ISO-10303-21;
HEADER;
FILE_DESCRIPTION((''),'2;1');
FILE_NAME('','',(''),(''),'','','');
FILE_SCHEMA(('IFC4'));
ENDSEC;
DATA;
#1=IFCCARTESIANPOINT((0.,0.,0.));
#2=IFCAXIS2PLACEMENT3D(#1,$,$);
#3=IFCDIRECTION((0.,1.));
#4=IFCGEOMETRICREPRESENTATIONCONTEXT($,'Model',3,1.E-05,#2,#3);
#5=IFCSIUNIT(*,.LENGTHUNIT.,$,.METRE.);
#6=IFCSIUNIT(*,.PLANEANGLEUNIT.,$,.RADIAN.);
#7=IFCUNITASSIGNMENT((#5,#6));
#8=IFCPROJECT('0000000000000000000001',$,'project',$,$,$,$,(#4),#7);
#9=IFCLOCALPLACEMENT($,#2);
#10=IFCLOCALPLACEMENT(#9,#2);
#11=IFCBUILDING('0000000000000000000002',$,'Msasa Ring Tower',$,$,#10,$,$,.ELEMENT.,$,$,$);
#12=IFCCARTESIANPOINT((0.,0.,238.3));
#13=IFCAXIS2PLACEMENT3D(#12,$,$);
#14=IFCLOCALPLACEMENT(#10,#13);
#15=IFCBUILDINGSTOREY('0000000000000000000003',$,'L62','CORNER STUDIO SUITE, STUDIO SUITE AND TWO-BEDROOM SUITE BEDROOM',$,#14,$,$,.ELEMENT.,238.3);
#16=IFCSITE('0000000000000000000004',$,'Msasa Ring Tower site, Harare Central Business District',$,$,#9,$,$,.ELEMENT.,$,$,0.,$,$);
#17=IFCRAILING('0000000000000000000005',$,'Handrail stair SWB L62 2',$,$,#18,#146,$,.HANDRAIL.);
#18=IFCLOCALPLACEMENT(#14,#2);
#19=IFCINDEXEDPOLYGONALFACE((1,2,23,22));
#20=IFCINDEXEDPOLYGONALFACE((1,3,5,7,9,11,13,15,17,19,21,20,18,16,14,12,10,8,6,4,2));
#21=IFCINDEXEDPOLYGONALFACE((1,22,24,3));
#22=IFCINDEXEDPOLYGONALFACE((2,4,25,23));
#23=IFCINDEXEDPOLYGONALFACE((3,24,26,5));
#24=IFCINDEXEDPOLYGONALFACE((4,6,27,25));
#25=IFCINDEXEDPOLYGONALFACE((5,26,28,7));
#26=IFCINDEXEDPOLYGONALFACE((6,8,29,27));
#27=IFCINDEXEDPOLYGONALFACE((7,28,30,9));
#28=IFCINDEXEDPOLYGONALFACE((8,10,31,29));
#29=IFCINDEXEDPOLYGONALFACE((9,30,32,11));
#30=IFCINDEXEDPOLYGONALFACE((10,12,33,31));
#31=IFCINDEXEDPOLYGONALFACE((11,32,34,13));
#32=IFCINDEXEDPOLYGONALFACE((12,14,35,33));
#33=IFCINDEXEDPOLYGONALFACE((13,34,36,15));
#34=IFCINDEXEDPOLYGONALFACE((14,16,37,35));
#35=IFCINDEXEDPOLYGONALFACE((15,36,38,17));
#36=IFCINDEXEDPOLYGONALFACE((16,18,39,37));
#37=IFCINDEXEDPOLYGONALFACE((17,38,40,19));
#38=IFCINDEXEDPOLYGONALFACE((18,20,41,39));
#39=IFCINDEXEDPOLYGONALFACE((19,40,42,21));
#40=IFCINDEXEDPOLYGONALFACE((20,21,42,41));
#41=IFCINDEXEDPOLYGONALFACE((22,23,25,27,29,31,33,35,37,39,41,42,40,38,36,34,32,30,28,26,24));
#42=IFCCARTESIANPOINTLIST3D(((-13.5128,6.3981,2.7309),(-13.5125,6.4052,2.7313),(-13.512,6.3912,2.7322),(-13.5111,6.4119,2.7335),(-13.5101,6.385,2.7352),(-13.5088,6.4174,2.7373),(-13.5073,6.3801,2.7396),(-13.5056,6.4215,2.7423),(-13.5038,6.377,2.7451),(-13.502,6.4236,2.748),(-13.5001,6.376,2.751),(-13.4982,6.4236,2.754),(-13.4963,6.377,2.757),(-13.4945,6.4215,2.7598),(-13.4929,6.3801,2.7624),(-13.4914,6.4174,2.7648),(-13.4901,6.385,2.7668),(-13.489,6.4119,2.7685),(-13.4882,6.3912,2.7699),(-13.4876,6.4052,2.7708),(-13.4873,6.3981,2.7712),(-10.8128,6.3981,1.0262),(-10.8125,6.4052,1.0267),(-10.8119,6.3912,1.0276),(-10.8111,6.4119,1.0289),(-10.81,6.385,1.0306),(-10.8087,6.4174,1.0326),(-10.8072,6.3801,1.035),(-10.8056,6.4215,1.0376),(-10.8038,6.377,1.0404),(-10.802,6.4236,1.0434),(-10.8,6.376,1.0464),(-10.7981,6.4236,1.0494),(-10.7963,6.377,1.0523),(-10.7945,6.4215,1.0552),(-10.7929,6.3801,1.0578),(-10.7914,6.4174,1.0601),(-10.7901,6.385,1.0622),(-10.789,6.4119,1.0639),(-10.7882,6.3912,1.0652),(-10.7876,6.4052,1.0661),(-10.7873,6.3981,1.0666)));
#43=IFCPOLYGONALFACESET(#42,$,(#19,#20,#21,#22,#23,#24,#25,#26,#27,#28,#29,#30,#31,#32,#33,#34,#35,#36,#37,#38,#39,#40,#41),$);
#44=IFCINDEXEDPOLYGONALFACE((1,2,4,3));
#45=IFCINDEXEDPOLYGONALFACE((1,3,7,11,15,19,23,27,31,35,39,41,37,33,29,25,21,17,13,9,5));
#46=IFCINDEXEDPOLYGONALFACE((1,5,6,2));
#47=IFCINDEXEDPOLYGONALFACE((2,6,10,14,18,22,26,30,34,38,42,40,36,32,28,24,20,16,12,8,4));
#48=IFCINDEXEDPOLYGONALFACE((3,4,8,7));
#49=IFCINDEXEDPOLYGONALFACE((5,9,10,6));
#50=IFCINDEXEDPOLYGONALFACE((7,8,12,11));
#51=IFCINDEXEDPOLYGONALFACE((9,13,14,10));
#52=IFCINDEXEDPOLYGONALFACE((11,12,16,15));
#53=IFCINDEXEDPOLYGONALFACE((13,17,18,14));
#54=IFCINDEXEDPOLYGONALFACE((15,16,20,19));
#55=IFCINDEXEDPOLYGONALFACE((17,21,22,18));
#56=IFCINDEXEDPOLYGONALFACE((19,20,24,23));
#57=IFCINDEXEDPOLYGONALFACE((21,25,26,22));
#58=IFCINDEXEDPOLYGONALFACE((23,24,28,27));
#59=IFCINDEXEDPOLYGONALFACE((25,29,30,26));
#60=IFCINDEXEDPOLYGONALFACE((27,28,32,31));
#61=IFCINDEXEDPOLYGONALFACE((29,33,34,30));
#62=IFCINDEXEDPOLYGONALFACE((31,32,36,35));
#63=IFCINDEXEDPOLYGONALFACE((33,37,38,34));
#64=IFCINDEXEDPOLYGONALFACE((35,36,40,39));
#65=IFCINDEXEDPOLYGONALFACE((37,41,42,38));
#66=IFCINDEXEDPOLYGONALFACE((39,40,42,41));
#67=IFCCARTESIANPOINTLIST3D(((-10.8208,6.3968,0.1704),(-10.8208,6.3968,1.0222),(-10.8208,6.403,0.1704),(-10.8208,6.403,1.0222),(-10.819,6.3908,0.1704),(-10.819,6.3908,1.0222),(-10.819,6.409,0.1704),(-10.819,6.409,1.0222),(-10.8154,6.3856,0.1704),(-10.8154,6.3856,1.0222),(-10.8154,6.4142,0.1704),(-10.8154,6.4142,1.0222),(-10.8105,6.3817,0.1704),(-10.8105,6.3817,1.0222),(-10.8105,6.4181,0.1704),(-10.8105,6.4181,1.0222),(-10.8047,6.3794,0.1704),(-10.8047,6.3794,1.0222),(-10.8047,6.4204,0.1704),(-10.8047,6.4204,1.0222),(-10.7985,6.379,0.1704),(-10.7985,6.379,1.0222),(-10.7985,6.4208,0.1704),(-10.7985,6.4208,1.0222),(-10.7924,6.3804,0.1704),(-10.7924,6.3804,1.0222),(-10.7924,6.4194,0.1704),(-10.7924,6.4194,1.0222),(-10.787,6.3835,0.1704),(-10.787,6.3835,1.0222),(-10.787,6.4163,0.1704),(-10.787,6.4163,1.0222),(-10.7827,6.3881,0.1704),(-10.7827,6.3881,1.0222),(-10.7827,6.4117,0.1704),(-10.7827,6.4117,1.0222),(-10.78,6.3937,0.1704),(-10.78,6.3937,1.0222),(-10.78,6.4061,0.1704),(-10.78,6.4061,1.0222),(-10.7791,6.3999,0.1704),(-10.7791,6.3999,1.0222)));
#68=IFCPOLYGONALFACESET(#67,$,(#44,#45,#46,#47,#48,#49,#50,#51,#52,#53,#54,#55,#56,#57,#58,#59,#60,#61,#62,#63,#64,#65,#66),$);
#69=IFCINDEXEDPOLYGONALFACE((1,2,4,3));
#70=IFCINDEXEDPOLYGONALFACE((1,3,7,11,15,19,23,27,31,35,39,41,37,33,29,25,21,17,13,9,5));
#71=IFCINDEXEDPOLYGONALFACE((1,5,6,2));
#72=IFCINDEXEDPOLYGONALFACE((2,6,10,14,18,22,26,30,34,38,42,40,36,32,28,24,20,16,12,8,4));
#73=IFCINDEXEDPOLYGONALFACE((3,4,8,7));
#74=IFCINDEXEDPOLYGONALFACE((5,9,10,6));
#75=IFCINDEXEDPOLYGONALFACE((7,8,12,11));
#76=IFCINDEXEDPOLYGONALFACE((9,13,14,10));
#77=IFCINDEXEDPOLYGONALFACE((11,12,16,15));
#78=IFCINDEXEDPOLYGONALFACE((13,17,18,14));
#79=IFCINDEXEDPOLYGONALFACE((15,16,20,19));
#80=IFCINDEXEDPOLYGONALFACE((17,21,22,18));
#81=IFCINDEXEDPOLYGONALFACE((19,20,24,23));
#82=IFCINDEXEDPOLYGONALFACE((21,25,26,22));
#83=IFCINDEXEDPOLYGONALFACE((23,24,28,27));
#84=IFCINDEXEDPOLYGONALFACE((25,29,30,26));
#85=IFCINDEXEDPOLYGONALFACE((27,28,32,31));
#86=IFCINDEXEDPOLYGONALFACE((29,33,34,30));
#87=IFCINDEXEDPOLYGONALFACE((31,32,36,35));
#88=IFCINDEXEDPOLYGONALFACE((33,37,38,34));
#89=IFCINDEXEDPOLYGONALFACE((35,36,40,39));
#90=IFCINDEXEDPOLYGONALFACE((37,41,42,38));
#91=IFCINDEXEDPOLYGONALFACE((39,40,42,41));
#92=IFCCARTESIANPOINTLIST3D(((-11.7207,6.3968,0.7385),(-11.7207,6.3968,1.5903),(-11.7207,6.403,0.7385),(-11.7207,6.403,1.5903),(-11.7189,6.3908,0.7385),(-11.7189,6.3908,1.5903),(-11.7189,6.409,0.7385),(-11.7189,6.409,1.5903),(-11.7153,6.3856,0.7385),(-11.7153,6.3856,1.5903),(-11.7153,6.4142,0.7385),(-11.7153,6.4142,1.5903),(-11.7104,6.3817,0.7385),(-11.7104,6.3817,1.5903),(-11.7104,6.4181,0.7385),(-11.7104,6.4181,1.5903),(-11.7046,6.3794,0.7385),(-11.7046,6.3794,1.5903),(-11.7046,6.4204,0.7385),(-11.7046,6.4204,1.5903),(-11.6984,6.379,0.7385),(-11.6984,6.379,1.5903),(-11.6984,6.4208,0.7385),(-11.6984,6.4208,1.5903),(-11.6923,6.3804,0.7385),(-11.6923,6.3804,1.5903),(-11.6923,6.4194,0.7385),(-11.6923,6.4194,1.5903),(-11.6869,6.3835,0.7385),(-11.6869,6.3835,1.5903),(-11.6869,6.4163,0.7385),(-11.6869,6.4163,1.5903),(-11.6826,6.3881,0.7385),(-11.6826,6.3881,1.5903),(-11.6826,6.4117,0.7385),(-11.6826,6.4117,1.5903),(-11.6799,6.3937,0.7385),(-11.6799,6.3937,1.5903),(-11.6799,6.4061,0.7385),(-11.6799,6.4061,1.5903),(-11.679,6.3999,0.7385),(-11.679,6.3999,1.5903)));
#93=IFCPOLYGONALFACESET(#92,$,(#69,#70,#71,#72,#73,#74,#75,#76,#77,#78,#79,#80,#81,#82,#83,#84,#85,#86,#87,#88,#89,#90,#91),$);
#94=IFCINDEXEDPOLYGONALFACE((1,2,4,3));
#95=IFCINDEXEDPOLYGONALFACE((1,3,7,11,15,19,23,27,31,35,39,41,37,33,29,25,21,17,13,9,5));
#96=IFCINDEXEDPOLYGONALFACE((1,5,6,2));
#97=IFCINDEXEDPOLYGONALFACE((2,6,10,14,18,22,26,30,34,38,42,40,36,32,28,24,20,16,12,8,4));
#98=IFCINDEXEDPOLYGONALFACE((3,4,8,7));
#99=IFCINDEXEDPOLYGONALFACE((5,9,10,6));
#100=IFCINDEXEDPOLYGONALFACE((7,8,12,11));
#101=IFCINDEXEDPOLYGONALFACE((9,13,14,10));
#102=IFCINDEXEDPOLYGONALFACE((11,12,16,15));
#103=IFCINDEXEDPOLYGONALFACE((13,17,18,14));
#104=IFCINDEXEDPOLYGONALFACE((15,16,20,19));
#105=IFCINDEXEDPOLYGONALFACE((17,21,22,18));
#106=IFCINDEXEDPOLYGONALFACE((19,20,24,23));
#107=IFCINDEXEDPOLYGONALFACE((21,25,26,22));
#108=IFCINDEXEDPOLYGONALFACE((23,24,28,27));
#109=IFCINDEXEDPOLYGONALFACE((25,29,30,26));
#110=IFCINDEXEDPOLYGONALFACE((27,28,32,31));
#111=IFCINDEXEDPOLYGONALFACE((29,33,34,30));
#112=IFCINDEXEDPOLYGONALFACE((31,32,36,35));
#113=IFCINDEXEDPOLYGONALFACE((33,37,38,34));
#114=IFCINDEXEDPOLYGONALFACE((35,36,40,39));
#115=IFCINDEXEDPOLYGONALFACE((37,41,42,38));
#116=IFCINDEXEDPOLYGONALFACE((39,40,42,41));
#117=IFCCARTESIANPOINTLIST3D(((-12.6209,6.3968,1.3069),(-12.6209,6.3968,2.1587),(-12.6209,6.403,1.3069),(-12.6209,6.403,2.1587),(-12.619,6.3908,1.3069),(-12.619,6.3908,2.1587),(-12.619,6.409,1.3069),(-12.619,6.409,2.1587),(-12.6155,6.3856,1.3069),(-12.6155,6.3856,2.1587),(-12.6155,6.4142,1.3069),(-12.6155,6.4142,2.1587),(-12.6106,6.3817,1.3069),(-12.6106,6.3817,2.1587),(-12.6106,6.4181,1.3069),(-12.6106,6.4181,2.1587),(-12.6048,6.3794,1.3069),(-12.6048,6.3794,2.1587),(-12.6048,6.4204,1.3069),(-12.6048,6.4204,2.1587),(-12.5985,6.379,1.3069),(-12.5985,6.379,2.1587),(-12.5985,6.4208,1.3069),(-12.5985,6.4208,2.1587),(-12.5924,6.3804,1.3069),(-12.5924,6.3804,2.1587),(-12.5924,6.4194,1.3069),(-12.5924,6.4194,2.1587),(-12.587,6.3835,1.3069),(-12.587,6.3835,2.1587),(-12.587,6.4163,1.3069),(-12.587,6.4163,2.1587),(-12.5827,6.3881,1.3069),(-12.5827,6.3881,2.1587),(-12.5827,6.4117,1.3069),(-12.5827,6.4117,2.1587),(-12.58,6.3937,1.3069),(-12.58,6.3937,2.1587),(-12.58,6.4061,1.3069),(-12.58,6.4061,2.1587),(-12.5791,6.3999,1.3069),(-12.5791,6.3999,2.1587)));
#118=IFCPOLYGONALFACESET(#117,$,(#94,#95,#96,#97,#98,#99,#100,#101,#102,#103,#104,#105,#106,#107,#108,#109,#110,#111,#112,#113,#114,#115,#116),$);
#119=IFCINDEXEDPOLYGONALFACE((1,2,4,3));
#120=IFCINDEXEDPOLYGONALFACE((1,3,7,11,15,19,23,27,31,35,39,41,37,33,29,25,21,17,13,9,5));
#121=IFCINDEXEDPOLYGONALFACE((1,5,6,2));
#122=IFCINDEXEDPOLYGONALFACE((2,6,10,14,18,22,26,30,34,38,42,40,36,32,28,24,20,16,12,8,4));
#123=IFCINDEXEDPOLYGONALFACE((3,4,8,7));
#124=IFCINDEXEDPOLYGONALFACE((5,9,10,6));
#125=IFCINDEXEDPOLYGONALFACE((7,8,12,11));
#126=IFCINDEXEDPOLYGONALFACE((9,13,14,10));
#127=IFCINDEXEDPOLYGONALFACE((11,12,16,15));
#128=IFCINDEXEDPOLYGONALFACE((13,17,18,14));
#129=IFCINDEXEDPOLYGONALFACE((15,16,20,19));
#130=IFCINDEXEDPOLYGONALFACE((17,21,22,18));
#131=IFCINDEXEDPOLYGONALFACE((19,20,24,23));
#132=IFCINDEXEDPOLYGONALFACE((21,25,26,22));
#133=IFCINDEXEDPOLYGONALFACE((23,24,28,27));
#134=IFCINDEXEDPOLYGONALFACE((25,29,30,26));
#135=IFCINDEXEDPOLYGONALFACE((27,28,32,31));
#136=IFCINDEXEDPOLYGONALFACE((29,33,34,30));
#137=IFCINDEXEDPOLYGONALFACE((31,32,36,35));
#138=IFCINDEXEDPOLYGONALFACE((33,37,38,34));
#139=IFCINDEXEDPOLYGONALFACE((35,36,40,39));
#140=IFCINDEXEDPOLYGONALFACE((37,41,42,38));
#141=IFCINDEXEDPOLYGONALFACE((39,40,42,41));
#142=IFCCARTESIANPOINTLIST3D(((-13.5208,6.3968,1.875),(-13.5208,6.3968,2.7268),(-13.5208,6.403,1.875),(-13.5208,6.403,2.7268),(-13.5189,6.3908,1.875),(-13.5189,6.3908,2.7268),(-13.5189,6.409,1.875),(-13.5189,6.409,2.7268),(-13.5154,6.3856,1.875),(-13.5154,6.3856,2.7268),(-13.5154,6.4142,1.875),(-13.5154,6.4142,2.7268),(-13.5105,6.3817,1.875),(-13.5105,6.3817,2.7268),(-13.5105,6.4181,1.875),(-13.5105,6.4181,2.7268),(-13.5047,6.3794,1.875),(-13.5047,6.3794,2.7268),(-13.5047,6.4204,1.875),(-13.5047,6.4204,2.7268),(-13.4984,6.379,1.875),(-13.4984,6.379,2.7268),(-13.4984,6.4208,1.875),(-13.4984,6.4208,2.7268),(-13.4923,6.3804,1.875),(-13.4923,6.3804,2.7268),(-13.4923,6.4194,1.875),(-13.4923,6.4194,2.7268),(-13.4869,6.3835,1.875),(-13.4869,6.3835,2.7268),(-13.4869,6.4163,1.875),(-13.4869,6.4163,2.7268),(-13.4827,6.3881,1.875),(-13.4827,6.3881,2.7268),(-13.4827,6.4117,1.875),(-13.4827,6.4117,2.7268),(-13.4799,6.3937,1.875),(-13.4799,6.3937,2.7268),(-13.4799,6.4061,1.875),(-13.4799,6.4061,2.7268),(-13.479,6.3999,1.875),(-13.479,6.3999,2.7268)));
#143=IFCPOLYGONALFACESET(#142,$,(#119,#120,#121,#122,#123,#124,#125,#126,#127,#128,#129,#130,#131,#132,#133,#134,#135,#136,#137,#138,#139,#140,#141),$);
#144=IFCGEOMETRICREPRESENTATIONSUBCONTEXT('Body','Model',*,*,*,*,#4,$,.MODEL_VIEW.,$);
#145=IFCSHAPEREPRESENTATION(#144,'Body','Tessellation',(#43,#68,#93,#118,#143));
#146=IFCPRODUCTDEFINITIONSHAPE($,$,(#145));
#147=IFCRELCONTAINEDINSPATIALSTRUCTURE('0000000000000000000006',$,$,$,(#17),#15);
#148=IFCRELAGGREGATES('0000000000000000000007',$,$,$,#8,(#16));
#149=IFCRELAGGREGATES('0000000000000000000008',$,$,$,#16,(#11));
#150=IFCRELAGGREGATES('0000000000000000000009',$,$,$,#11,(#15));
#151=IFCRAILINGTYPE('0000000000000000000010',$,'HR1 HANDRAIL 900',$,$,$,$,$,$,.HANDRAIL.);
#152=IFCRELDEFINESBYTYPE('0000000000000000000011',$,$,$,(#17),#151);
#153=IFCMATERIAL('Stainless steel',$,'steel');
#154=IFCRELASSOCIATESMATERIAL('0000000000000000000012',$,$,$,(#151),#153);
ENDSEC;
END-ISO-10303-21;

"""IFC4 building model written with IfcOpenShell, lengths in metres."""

from ifc_helpers import new_model, si_unit, direction, frame, origin, origin_2d, place, context, subcontext, project, spatial, circle, extrude, material, type_object, element, save


model = new_model("IFC4")

# Units and contexts
model_context = context("Model", 3, precision=1e-05, world=origin(), true_north=direction((0.0, 1.0)))
body_context = subcontext(model_context, "Body", "Model", "MODEL_VIEW")
ifc_project = project(units=[si_unit("LENGTHUNIT", "METRE"), si_unit("PLANEANGLEUNIT", "RADIAN")], contexts=[model_context])

# Site, building, storey
site_placement = place(None, origin())
site = spatial("IfcSite", under=ifc_project, at=site_placement, Name="Msasa Ring Tower site, Harare Central Business District", CompositionType="ELEMENT", RefElevation=0.0)
building_placement = place(site_placement, origin())
building = spatial("IfcBuilding", under=site, at=building_placement, Name="Msasa Ring Tower", CompositionType="ELEMENT")
storey_placement = place(building_placement, frame((0.0, 0.0, 238.3)))
storey = spatial("IfcBuildingStorey", under=building, at=storey_placement, Name="L62", Description="CORNER STUDIO SUITE, STUDIO SUITE AND TWO-BEDROOM SUITE BEDROOM", CompositionType="ELEMENT", Elevation=238.3)

# Railing
ifc_material_1 = material(Name="Stainless steel", Category="steel")
railing_type = type_object("IfcRailingType", Name="HR1 HANDRAIL 900", PredefinedType="HANDRAIL", material=ifc_material_1)
railing_placement = place(storey_placement, frame((-10.8, 6.3999, 0.1704)))
element("IfcRailing", 1, at=railing_placement, inside=storey, type_object=railing_type, Name="Handrail stair SWB L62 2", PredefinedType="HANDRAIL", context=body_context, shape_type="SweptSolid", body=[
    extrude(circle(Radius=0.0239, at=origin_2d()), frame((0.0, 0.0, 0.876), z_axis=(-0.84558, 0.0, 0.533849), x_axis=(0.0, -1.0, 0.0)), (0.0, 0.0, 1.0), 3.1931),
    extrude(circle(Radius=0.021, at=origin_2d()), origin(), (0.0, 0.0, 1.0), 0.8518),
    extrude(circle(Radius=0.021, at=origin_2d()), frame((-0.8999, 0.0, 0.5681)), (0.0, 0.0, 1.0), 0.8518),
    extrude(circle(Radius=0.021, at=origin_2d()), frame((-1.8, 0.0, 1.1365)), (0.0, 0.0, 1.0), 0.8518),
    extrude(circle(Radius=0.021, at=origin_2d()), frame((-2.7, 0.0, 1.7046)), (0.0, 0.0, 1.0), 0.8518),
])

save(model, "model.ifc")
